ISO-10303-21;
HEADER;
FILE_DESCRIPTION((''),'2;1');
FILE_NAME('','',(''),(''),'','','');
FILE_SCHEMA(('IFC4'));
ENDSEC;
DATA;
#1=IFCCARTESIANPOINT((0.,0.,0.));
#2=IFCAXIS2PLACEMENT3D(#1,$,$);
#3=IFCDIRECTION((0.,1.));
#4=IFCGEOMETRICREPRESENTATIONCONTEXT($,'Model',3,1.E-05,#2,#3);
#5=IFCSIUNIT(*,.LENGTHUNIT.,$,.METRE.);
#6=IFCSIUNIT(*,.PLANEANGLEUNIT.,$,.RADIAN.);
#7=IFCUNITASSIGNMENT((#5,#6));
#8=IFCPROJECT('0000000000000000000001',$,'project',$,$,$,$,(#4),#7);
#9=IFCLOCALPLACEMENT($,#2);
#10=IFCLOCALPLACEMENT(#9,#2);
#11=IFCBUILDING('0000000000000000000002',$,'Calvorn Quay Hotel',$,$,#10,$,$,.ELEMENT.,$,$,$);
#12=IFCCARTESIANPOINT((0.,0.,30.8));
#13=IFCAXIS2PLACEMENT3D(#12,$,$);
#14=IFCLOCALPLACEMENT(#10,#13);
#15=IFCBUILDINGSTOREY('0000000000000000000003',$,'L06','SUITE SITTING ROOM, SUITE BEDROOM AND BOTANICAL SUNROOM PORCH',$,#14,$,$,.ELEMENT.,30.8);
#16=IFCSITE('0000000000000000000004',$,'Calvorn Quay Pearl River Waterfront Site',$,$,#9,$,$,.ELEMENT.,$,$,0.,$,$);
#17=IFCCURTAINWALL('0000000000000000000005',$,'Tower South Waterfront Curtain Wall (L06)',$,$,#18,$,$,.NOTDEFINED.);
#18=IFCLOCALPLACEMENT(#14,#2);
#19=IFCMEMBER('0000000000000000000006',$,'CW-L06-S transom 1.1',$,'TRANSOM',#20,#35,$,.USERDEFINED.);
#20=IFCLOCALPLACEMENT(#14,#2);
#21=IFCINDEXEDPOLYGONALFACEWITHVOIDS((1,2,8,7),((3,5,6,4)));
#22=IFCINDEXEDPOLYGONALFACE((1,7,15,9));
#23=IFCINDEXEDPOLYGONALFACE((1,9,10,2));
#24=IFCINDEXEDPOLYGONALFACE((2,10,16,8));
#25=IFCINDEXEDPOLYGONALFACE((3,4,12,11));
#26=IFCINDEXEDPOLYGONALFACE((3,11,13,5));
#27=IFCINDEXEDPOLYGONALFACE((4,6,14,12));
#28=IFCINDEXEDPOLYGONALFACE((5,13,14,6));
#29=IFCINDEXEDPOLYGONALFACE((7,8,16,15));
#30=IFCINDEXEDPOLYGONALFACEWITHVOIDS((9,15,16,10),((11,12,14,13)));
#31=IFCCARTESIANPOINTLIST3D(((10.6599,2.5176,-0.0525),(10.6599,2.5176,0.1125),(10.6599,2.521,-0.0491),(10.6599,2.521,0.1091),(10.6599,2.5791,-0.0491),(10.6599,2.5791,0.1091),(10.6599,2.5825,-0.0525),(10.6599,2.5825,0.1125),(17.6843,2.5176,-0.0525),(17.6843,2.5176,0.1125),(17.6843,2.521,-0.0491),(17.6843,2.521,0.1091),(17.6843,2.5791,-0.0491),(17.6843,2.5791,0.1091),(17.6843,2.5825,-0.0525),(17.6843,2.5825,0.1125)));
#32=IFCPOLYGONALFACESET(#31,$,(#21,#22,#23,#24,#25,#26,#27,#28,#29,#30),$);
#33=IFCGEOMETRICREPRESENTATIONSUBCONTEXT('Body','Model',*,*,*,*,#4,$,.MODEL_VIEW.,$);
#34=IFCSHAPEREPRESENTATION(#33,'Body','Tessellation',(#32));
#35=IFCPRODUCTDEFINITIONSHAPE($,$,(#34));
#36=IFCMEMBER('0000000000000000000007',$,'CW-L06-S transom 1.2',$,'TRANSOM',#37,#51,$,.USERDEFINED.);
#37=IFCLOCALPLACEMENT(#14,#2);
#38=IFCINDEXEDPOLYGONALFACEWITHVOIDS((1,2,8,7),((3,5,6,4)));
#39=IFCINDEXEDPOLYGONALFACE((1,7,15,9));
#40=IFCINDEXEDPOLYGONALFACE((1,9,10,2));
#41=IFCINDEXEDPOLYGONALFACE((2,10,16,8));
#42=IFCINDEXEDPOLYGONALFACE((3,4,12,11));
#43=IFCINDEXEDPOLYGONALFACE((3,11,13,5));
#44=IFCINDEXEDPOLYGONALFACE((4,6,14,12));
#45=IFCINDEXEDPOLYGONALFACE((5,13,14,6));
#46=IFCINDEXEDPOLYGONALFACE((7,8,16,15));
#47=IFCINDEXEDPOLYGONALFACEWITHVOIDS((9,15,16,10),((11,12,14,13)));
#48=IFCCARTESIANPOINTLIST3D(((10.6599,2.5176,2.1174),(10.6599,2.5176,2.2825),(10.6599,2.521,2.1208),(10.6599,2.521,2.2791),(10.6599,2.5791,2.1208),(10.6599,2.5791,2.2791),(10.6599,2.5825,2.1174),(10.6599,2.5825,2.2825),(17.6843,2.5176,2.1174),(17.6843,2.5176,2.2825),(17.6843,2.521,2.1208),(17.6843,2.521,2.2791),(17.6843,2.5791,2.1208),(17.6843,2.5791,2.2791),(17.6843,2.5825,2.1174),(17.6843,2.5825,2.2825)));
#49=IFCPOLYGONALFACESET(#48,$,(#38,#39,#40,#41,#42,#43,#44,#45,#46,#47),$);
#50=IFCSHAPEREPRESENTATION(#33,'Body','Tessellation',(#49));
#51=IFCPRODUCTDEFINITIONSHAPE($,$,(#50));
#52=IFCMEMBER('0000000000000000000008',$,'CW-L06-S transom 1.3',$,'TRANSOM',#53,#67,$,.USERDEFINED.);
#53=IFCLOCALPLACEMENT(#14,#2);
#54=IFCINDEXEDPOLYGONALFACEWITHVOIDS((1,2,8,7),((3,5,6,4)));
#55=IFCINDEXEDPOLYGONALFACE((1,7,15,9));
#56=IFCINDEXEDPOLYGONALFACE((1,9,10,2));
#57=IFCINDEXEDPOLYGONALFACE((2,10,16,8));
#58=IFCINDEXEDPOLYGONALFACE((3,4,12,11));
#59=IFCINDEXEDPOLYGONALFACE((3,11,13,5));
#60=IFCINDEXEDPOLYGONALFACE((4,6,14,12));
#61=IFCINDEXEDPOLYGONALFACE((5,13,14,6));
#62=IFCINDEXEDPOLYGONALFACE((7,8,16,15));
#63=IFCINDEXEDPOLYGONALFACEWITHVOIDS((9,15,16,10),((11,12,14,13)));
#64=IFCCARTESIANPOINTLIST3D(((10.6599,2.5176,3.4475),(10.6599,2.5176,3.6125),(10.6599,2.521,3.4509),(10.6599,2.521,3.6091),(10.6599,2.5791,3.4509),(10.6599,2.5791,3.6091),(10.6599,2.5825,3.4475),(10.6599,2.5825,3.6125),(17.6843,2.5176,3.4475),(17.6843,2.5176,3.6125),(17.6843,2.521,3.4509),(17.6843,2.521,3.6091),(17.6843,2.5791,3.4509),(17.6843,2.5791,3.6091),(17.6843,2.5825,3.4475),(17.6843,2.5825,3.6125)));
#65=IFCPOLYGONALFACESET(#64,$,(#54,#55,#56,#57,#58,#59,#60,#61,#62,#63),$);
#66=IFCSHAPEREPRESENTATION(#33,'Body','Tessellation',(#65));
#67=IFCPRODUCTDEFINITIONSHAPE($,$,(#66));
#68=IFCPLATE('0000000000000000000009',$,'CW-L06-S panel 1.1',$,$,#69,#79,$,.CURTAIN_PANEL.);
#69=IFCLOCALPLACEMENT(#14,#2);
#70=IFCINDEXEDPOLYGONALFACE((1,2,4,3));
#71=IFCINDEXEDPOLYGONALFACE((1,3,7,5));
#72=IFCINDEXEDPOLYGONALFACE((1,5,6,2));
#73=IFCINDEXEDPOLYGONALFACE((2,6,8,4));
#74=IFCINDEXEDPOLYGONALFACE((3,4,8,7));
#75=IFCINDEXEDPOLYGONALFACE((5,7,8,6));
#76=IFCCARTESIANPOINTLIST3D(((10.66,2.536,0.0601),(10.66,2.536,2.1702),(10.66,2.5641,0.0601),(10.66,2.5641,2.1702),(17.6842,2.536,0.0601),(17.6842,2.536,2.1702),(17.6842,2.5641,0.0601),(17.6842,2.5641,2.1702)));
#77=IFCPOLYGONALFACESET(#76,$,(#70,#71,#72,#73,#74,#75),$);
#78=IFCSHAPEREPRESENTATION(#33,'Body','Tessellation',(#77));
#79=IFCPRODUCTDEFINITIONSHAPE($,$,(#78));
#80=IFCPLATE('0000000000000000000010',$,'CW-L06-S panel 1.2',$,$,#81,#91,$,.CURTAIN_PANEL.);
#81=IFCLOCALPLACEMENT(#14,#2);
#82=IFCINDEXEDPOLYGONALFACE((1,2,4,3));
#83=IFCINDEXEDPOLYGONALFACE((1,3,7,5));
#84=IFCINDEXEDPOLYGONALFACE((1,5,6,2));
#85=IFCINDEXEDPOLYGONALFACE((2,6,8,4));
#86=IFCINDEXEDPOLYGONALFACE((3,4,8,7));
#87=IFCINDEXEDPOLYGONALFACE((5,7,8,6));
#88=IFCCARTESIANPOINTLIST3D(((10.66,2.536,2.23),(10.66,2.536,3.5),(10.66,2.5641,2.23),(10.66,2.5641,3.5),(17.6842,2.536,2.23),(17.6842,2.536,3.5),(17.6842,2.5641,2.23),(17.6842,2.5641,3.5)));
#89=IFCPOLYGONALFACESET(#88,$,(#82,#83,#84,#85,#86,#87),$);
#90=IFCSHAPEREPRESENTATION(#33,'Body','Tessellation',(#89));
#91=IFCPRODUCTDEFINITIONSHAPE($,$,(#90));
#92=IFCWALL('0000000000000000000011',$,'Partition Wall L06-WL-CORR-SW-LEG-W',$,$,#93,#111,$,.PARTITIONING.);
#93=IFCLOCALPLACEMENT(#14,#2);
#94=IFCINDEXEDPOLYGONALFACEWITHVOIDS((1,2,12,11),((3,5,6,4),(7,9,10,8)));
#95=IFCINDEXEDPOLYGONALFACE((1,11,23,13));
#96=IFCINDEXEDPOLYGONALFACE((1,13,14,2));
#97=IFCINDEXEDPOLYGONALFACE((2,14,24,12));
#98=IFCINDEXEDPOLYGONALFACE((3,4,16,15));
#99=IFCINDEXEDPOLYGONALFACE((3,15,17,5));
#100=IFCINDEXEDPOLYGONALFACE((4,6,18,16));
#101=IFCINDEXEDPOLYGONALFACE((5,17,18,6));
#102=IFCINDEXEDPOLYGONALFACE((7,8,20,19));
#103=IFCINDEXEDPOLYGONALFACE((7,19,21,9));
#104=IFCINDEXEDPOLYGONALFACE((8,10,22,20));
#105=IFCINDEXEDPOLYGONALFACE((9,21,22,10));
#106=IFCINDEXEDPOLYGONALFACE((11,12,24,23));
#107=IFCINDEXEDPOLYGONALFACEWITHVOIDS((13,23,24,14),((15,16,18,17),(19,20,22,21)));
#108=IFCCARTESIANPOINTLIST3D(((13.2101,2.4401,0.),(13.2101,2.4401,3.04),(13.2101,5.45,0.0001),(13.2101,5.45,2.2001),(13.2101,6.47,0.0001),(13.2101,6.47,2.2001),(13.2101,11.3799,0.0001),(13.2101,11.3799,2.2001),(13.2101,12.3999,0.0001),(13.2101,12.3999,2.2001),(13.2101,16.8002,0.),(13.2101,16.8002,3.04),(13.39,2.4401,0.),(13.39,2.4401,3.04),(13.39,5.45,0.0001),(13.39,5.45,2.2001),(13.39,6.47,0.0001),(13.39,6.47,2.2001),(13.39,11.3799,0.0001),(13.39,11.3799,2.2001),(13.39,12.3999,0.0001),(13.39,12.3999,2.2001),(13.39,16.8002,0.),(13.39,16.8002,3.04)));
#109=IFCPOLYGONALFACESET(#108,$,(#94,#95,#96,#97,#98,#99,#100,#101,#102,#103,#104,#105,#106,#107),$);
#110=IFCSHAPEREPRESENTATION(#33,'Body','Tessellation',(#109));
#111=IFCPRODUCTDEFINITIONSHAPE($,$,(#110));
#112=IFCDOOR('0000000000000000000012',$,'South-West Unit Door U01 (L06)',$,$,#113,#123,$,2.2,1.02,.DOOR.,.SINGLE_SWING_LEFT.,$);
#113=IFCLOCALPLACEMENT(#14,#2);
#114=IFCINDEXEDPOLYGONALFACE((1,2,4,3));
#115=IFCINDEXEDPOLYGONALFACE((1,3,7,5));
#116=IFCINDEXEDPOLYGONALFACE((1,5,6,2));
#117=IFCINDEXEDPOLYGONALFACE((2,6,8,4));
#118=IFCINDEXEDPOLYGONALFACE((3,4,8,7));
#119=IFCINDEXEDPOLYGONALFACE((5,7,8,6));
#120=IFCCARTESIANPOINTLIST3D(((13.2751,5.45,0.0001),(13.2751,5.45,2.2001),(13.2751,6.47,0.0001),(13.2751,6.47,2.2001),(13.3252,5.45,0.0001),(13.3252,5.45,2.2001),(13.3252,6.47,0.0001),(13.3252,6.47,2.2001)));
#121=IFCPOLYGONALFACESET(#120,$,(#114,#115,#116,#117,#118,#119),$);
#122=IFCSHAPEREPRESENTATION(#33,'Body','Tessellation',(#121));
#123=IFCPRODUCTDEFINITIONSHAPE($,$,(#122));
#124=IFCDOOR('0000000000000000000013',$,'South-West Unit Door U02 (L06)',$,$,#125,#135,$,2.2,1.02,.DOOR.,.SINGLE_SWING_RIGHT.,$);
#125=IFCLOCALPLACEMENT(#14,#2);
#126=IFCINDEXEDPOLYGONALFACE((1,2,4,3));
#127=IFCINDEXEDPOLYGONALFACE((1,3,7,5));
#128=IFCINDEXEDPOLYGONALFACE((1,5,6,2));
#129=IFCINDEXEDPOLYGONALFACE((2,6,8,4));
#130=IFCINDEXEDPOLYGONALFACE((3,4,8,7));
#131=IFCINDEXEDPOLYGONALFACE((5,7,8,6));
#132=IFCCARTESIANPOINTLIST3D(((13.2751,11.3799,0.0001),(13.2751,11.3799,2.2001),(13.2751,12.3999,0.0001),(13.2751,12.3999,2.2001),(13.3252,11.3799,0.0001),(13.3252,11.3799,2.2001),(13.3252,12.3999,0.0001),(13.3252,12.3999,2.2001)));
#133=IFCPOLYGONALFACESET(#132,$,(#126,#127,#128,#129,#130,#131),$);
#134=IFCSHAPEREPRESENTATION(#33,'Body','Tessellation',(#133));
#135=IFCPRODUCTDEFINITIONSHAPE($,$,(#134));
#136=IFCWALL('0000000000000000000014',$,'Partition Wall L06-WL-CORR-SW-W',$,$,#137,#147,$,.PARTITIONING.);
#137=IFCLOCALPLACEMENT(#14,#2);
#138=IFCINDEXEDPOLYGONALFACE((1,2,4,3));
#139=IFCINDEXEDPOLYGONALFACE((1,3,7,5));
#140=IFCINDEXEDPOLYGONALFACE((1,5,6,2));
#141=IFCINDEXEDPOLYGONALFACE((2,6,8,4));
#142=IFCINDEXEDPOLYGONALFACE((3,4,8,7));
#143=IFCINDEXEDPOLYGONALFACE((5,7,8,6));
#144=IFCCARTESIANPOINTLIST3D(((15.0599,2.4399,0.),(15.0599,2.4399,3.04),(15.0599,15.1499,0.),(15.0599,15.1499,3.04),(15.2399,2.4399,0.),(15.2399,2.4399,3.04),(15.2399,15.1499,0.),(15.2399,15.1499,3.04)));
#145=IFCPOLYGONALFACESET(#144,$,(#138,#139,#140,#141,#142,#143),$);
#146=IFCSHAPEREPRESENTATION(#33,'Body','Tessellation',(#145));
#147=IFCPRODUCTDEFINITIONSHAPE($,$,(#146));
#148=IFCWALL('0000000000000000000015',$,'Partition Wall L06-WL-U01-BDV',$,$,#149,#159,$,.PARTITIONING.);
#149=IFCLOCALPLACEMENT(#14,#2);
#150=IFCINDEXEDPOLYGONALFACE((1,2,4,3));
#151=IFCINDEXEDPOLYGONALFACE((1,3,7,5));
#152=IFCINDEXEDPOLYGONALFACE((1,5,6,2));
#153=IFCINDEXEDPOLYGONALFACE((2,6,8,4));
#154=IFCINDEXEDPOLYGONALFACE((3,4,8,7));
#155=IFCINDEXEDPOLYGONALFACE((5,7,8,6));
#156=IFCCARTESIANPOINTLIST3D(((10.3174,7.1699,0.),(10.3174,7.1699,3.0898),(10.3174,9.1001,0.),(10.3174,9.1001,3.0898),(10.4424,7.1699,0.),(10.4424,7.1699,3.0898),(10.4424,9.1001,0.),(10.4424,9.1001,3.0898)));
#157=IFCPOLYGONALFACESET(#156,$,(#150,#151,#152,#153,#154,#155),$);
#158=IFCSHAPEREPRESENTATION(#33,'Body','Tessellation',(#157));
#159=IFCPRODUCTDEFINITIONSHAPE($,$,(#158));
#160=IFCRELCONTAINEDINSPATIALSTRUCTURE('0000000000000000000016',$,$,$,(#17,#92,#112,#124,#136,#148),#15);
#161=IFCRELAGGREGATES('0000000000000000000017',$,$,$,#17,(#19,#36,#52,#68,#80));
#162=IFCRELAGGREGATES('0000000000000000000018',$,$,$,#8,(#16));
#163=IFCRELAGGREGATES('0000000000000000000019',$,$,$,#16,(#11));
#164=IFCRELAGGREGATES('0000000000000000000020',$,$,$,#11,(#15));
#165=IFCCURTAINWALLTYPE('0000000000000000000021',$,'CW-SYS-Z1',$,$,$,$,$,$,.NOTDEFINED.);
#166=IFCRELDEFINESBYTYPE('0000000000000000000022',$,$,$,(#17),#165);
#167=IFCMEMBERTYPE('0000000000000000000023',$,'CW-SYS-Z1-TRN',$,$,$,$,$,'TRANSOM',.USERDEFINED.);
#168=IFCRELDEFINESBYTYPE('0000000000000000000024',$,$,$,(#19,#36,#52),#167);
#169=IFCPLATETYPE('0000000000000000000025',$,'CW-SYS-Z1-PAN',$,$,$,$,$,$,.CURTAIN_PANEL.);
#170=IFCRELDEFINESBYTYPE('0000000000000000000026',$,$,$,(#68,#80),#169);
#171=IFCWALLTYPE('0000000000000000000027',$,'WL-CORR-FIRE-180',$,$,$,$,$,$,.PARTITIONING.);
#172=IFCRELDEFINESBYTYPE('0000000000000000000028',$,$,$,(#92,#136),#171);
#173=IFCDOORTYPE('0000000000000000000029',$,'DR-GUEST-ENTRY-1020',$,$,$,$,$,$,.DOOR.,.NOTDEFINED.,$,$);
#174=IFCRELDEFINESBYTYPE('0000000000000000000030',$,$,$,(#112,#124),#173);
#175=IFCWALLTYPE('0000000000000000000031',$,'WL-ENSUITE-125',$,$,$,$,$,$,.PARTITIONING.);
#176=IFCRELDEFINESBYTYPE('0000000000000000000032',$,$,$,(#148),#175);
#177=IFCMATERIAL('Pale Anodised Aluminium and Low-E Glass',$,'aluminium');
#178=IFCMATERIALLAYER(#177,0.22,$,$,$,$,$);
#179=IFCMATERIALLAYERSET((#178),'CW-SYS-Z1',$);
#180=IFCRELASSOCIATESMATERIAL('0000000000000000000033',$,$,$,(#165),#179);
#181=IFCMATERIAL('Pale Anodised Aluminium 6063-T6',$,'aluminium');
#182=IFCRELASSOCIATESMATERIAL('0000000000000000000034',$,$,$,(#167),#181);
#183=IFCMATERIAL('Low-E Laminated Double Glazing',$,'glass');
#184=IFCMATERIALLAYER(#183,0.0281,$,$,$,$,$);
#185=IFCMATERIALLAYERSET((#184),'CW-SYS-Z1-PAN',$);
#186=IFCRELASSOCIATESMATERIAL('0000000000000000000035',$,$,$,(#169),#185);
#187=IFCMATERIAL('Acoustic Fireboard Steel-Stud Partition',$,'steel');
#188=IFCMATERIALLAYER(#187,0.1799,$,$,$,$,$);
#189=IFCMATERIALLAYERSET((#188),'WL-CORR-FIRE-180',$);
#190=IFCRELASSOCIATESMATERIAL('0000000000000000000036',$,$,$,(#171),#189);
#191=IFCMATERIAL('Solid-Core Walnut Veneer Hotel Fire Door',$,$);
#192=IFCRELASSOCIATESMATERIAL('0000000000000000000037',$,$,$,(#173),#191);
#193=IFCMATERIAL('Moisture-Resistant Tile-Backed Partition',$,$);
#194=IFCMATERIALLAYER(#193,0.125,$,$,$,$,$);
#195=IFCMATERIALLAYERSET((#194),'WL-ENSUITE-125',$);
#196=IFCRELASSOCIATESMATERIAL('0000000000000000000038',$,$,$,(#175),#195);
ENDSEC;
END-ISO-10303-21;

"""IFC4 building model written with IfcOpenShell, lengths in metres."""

from ifc_helpers import new_model, si_unit, direction, frame, frame_2d, origin, origin_2d, place, context, subcontext, project, spatial, rectangle, hollow_rectangle, extrude, material, layer, layer_set, material_profile, profile_set, type_object, element, fill, aggregate, save


model = new_model("IFC4")

# Units and contexts
model_context = context("Model", 3, precision=1e-05, world=origin(), true_north=direction((0.0, 1.0)))
body_context = subcontext(model_context, "Body", "Model", "MODEL_VIEW")
ifc_project = project(units=[si_unit("LENGTHUNIT", "METRE"), si_unit("PLANEANGLEUNIT", "RADIAN")], contexts=[model_context])

# Site, building, storey
site_placement = place(None, origin())
site = spatial("IfcSite", under=ifc_project, at=site_placement, Name="Calvorn Quay Pearl River Waterfront Site", CompositionType="ELEMENT", RefElevation=0.0)
building_placement = place(site_placement, origin())
building = spatial("IfcBuilding", under=site, at=building_placement, Name="Calvorn Quay Hotel", CompositionType="ELEMENT")
storey_placement = place(building_placement, frame((0.0, 0.0, 30.8)))
storey = spatial("IfcBuildingStorey", under=building, at=storey_placement, Name="L06", Description="SUITE SITTING ROOM, SUITE BEDROOM AND BOTANICAL SUNROOM PORCH", CompositionType="ELEMENT", Elevation=30.8)

# Curtain wall, members, plates
ifc_material_1 = material(Name="Pale Anodised Aluminium and Low-E Glass", Category="aluminium")
ifc_layer_1 = layer(ifc_material_1, 0.22)
ifc_layer_set_1 = layer_set([ifc_layer_1], Name="CW-SYS-Z1")
curtain_wall_type = type_object("IfcCurtainWallType", Name="CW-SYS-Z1", PredefinedType="NOTDEFINED", material=ifc_layer_set_1)
curtain_wall_placement = place(storey_placement, origin())
curtain_wall = element("IfcCurtainWall", 1, at=curtain_wall_placement, inside=storey, type_object=curtain_wall_type, Name="Tower South Waterfront Curtain Wall (L06)", PredefinedType="NOTDEFINED")
ifc_material_2 = material(Name="Pale Anodised Aluminium 6063-T6", Category="aluminium")
ifc_material_profile_1 = material_profile(ifc_material_2, hollow_rectangle(XDim=0.0649, YDim=0.165, WallThickness=0.0034, at=origin_2d()), Name="ALU-T165x65x3.5")
ifc_profile_set_1 = profile_set([ifc_material_profile_1], Name="Pale Anodised Aluminium 6063-T6")
member_type_1 = type_object("IfcMemberType", Name="CW-SYS-Z1-TRN", ElementType="TRANSOM", PredefinedType="USERDEFINED", material=ifc_profile_set_1)
member_1_placement = place(storey_placement, frame((10.6599, 2.55, 0.03), z_axis=(1.0, 0.0, 0.0), x_axis=(0.0, 1.0, 0.0)))
member_1 = element("IfcMember", 2, at=member_1_placement, type_object=member_type_1, Name="CW-L06-S transom 1.1", ObjectType="TRANSOM", PredefinedType="USERDEFINED", context=body_context, shape_type="SweptSolid", body=[
    extrude(hollow_rectangle(XDim=0.0649, YDim=0.165, WallThickness=0.0034, at=origin_2d()), origin(), (0.0, 0.0, 1.0), 7.0244),
])
member_2_placement = place(storey_placement, frame((10.6599, 2.55, 2.2), z_axis=(1.0, 0.0, 0.0), x_axis=(0.0, 1.0, 0.0)))
member_2 = element("IfcMember", 3, at=member_2_placement, type_object=member_type_1, Name="CW-L06-S transom 1.2", ObjectType="TRANSOM", PredefinedType="USERDEFINED", context=body_context, shape_type="SweptSolid", body=[
    extrude(hollow_rectangle(XDim=0.0649, YDim=0.165, WallThickness=0.0034, at=origin_2d()), origin(), (0.0, 0.0, 1.0), 7.0244),
])
member_3_placement = place(storey_placement, frame((10.6599, 2.55, 3.53), z_axis=(1.0, 0.0, 0.0), x_axis=(0.0, 1.0, 0.0)))
member_3 = element("IfcMember", 4, at=member_3_placement, type_object=member_type_1, Name="CW-L06-S transom 1.3", ObjectType="TRANSOM", PredefinedType="USERDEFINED", context=body_context, shape_type="SweptSolid", body=[
    extrude(hollow_rectangle(XDim=0.0649, YDim=0.165, WallThickness=0.0034, at=origin_2d()), origin(), (0.0, 0.0, 1.0), 7.0244),
])
ifc_material_3 = material(Name="Low-E Laminated Double Glazing", Category="glass")
ifc_layer_2 = layer(ifc_material_3, 0.0281)
ifc_layer_set_2 = layer_set([ifc_layer_2], Name="CW-SYS-Z1-PAN")
plate_type = type_object("IfcPlateType", Name="CW-SYS-Z1-PAN", PredefinedType="CURTAIN_PANEL", material=ifc_layer_set_2)
plate_1_placement = place(storey_placement, frame((14.1721, 2.55, 0.0601), z_axis=(0.0, 0.0, 1.0), x_axis=(1.0, 0.0, 0.0)))
plate_1 = element("IfcPlate", 5, at=plate_1_placement, type_object=plate_type, Name="CW-L06-S panel 1.1", PredefinedType="CURTAIN_PANEL", context=body_context, shape_type="SweptSolid", body=[
    extrude(rectangle(XDim=7.0242, YDim=0.0281, at=origin_2d()), origin(), (0.0, 0.0, 1.0), 2.1101),
])
plate_2_placement = place(storey_placement, frame((14.1721, 2.55, 2.23), z_axis=(0.0, 0.0, 1.0), x_axis=(1.0, 0.0, 0.0)))
plate_2 = element("IfcPlate", 6, at=plate_2_placement, type_object=plate_type, Name="CW-L06-S panel 1.2", PredefinedType="CURTAIN_PANEL", context=body_context, shape_type="SweptSolid", body=[
    extrude(rectangle(XDim=7.0242, YDim=0.0281, at=origin_2d()), origin(), (0.0, 0.0, 1.0), 1.27),
])
aggregate(curtain_wall, [member_1, member_2, member_3, plate_1, plate_2])

# Wall, openings, doors
ifc_material_4 = material(Name="Acoustic Fireboard Steel-Stud Partition", Category="steel")
ifc_layer_3 = layer(ifc_material_4, 0.1799)
ifc_layer_set_3 = layer_set([ifc_layer_3], Name="WL-CORR-FIRE-180")
wall_type_1 = type_object("IfcWallType", Name="WL-CORR-FIRE-180", PredefinedType="PARTITIONING", material=ifc_layer_set_3)
wall_1_placement = place(storey_placement, frame((13.3, 2.4399, 0.0), z_axis=(0.0, 0.0, 1.0), x_axis=(0.0, 1.0, 0.0)))
wall_1 = element("IfcWall", 7, at=wall_1_placement, inside=storey, type_object=wall_type_1, Name="Partition Wall L06-WL-CORR-SW-LEG-W", PredefinedType="PARTITIONING", context=body_context, shape_type="SweptSolid", body=[
    extrude(rectangle(XDim=14.3601, YDim=0.1799, at=frame_2d((7.1802, 0.0))), origin(), (0.0, 0.0, 1.0), 3.04),
])
opening_1_placement = place(wall_1_placement, frame((3.01, 0.0, 0.0)))
opening_1 = element("IfcOpeningElement", 8, at=opening_1_placement, cuts=wall_1, PredefinedType="OPENING", context=body_context, shape_type="SweptSolid", body=[
    extrude(rectangle(XDim=1.02, YDim=2.2, at=frame_2d((0.51, 1.1001))), frame((0.0, 0.0999, 0.0), z_axis=(0.0, -1.0, 0.0), x_axis=(1.0, 0.0, 0.0)), (0.0, 0.0, 1.0), 0.2),
])
opening_2_placement = place(wall_1_placement, frame((8.9399, 0.0, 0.0)))
opening_2 = element("IfcOpeningElement", 9, at=opening_2_placement, cuts=wall_1, PredefinedType="OPENING", context=body_context, shape_type="SweptSolid", body=[
    extrude(rectangle(XDim=1.02, YDim=2.2, at=frame_2d((0.51, 1.1001))), frame((0.0, 0.0999, 0.0), z_axis=(0.0, -1.0, 0.0), x_axis=(1.0, 0.0, 0.0)), (0.0, 0.0, 1.0), 0.2),
])
ifc_material_5 = material(Name="Solid-Core Walnut Veneer Hotel Fire Door")
door_type_1 = type_object("IfcDoorType", Name="DR-GUEST-ENTRY-1020", OperationType="NOTDEFINED", PredefinedType="DOOR", material=ifc_material_5)
door_1_placement = place(opening_1_placement, origin())
door_1 = element("IfcDoor", 10, at=door_1_placement, inside=storey, type_object=door_type_1, Name="South-West Unit Door U01 (L06)", OperationType="SINGLE_SWING_LEFT", OverallHeight=2.2, OverallWidth=1.02, PredefinedType="DOOR", context=body_context, shape_type="SweptSolid", body=[
    extrude(rectangle(XDim=1.02, YDim=2.2, at=frame_2d((0.51, 1.1001))), frame((0.0, 0.0249, 0.0), z_axis=(0.0, -1.0, 0.0), x_axis=(1.0, 0.0, 0.0)), (0.0, 0.0, 1.0), 0.05),
])
fill(opening_1, door_1)
door_2_placement = place(opening_2_placement, origin())
door_2 = element("IfcDoor", 11, at=door_2_placement, inside=storey, type_object=door_type_1, Name="South-West Unit Door U02 (L06)", OperationType="SINGLE_SWING_RIGHT", OverallHeight=2.2, OverallWidth=1.02, PredefinedType="DOOR", context=body_context, shape_type="SweptSolid", body=[
    extrude(rectangle(XDim=1.02, YDim=2.2, at=frame_2d((0.51, 1.1001))), frame((0.0, 0.0249, 0.0), z_axis=(0.0, -1.0, 0.0), x_axis=(1.0, 0.0, 0.0)), (0.0, 0.0, 1.0), 0.05),
])
fill(opening_2, door_2)

# Walls
wall_2_placement = place(storey_placement, frame((15.1499, 2.4399, 0.0), z_axis=(0.0, 0.0, 1.0), x_axis=(0.0, 1.0, 0.0)))
element("IfcWall", 12, at=wall_2_placement, inside=storey, type_object=wall_type_1, Name="Partition Wall L06-WL-CORR-SW-W", PredefinedType="PARTITIONING", context=body_context, shape_type="SweptSolid", body=[
    extrude(rectangle(XDim=12.71, YDim=0.1799, at=frame_2d((6.355, 0.0))), origin(), (0.0, 0.0, 1.0), 3.04),
])
ifc_material_6 = material(Name="Moisture-Resistant Tile-Backed Partition")
ifc_layer_4 = layer(ifc_material_6, 0.125)
ifc_layer_set_4 = layer_set([ifc_layer_4], Name="WL-ENSUITE-125")
wall_type_2 = type_object("IfcWallType", Name="WL-ENSUITE-125", PredefinedType="PARTITIONING", material=ifc_layer_set_4)
wall_3_placement = place(storey_placement, frame((10.3799, 7.1699, 0.0), z_axis=(0.0, 0.0, 1.0), x_axis=(0.0, 1.0, 0.0)))
element("IfcWall", 13, at=wall_3_placement, inside=storey, type_object=wall_type_2, Name="Partition Wall L06-WL-U01-BDV", PredefinedType="PARTITIONING", context=body_context, shape_type="SweptSolid", body=[
    extrude(rectangle(XDim=1.9302, YDim=0.125, at=frame_2d((0.9651, 0.0))), origin(), (0.0, 0.0, 1.0), 3.0898),
])

save(model, "model.ifc")
